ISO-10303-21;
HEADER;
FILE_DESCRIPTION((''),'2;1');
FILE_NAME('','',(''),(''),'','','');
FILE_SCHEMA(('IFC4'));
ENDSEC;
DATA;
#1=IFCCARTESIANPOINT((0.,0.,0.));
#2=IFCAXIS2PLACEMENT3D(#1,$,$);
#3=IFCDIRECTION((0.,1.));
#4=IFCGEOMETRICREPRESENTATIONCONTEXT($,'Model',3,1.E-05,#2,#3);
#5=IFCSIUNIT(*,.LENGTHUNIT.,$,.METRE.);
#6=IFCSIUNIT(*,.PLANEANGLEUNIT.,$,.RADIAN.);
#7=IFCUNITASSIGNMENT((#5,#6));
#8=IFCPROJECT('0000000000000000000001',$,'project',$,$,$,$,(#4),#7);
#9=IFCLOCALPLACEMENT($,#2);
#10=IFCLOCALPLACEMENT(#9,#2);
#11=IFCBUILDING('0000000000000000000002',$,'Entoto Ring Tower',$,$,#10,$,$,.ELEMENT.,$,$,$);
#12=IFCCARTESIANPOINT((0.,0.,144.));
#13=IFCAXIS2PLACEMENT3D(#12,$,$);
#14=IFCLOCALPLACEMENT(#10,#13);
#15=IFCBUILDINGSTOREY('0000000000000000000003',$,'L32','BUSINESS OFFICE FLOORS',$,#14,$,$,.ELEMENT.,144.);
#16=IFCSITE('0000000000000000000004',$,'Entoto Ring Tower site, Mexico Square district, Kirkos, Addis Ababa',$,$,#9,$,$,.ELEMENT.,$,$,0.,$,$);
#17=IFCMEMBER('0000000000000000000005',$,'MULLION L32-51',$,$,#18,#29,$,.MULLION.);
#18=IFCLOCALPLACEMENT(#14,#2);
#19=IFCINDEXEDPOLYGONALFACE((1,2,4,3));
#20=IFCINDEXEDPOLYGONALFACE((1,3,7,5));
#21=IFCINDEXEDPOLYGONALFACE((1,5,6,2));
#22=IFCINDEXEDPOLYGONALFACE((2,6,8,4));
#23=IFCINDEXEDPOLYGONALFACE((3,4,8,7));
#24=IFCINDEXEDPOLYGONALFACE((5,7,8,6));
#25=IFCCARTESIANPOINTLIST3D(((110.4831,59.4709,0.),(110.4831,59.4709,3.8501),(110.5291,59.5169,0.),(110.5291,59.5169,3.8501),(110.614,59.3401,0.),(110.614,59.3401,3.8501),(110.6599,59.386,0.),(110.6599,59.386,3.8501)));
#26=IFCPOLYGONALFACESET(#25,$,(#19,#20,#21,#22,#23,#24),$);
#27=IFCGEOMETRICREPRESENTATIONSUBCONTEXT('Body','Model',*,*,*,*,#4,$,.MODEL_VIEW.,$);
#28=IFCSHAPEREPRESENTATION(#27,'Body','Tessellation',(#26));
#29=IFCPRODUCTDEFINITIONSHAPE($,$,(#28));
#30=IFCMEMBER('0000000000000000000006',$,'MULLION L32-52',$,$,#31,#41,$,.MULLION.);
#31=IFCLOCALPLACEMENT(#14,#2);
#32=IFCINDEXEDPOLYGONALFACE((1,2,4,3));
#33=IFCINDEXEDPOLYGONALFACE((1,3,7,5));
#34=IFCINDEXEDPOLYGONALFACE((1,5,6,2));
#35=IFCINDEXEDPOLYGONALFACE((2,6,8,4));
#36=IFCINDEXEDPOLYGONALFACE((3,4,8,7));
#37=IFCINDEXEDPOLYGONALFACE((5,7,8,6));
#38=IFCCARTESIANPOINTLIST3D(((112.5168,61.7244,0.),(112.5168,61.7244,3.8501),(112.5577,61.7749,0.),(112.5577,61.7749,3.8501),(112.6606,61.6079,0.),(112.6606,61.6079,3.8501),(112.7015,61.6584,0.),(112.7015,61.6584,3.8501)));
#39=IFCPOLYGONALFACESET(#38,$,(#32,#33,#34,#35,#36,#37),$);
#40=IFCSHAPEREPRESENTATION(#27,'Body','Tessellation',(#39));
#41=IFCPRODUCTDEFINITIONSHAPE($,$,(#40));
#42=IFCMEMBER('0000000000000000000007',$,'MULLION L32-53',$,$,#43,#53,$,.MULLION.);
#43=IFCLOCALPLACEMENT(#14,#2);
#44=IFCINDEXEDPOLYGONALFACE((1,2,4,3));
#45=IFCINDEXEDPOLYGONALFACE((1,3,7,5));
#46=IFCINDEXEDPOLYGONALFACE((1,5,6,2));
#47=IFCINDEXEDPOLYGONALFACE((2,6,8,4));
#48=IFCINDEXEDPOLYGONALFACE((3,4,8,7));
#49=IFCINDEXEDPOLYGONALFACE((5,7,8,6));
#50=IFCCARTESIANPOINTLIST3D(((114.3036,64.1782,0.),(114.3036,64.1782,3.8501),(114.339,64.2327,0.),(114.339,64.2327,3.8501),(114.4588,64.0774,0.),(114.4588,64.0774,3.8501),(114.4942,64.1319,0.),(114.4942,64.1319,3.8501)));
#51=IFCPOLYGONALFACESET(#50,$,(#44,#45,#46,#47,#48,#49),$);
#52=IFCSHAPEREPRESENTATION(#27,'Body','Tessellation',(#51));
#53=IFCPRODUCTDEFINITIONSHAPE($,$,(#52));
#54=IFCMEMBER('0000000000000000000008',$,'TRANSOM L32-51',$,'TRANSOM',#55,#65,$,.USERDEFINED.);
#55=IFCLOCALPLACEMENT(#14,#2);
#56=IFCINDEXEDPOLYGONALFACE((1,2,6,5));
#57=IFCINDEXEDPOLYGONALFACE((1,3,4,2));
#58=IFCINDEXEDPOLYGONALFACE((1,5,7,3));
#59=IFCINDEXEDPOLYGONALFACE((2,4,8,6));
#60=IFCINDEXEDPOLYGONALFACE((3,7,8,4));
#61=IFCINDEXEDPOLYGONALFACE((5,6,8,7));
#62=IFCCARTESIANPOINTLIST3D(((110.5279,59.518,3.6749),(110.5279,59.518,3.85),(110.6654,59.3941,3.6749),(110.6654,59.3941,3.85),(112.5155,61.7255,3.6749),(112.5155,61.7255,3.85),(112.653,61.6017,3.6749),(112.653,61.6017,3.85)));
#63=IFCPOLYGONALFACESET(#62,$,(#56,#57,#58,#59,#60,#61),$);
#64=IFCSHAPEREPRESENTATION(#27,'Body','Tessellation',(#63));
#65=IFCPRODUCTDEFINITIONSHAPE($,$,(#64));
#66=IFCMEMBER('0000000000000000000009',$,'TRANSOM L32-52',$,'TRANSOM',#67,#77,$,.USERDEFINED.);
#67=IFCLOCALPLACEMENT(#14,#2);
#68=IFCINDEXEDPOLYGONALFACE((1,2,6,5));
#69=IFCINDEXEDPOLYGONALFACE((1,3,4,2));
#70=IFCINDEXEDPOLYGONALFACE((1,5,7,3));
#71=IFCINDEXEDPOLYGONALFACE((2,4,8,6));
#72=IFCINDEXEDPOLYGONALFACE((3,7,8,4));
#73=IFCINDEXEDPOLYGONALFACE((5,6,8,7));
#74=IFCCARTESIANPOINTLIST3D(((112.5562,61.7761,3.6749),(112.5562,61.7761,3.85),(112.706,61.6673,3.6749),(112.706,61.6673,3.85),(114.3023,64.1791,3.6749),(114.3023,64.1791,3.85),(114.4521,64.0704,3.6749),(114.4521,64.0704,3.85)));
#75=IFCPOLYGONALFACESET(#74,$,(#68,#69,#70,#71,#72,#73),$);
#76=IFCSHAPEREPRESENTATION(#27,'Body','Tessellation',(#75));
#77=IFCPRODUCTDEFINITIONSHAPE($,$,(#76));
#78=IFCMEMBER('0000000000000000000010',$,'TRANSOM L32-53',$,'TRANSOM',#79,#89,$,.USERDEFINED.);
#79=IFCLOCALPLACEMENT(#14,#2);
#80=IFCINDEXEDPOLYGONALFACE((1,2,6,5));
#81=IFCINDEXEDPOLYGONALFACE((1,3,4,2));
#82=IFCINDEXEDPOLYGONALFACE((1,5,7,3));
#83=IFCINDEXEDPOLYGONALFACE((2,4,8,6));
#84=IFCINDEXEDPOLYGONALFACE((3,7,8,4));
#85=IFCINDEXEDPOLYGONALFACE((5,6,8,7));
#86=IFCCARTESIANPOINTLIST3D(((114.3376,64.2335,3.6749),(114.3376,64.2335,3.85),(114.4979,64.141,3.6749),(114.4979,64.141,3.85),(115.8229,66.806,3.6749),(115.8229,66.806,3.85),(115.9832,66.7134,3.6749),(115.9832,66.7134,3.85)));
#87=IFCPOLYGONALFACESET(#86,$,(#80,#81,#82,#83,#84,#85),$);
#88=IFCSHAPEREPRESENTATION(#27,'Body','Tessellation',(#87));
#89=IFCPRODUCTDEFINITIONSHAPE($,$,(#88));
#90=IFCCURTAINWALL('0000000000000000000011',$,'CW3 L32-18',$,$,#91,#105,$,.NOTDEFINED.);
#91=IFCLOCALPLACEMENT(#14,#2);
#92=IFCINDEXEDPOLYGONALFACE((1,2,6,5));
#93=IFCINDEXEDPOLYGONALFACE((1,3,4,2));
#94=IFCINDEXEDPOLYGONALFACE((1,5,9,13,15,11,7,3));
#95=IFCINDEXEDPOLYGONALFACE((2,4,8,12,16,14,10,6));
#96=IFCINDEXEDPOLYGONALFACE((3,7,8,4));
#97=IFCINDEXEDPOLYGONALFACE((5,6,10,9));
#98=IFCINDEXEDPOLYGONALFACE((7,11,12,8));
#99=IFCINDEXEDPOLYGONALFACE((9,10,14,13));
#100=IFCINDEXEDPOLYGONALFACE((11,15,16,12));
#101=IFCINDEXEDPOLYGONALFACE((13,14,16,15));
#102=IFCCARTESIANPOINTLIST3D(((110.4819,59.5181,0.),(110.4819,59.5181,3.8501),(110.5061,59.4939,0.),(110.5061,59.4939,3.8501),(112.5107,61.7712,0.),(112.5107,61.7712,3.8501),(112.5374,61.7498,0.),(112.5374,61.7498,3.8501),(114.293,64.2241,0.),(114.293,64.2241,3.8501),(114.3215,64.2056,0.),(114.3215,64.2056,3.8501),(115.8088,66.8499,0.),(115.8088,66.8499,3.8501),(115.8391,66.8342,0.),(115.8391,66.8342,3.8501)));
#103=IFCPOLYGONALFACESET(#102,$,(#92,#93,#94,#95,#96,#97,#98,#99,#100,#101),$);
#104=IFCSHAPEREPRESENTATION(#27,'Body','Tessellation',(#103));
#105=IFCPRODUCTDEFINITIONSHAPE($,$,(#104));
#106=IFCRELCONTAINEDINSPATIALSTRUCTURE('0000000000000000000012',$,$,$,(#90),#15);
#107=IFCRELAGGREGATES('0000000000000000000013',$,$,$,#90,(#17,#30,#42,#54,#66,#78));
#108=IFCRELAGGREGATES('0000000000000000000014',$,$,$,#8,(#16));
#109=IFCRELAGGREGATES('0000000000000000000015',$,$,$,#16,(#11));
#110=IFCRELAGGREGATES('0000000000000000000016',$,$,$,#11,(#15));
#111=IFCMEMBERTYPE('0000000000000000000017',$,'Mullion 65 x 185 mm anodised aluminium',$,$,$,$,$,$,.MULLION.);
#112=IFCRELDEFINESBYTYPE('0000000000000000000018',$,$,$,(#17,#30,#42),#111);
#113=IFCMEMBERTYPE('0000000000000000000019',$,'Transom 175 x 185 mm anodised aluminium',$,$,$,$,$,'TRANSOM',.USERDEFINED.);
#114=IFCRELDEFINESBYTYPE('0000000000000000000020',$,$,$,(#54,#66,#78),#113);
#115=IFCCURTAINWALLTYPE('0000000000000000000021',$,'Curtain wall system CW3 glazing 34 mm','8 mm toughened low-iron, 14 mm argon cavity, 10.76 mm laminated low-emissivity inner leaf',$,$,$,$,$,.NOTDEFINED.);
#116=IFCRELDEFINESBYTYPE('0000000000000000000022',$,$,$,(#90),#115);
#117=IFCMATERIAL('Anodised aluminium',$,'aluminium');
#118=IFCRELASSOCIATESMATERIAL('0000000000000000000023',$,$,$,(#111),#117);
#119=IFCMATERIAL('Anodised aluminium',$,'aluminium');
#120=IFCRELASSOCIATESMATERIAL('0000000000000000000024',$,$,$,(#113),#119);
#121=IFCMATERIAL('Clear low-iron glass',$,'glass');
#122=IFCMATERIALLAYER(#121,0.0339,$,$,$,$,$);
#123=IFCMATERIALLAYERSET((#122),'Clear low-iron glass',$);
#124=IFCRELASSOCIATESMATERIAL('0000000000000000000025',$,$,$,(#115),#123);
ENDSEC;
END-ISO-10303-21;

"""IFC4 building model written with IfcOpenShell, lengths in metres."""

from ifc_helpers import new_model, si_unit, direction, frame, origin, origin_2d, place, context, subcontext, project, spatial, polyline, rectangle, outline, extrude, material, layer, layer_set, material_profile, profile_set, type_object, element, aggregate, save


model = new_model("IFC4")

# Units and contexts
model_context = context("Model", 3, precision=1e-05, world=origin(), true_north=direction((0.0, 1.0)))
body_context = subcontext(model_context, "Body", "Model", "MODEL_VIEW")
ifc_project = project(units=[si_unit("LENGTHUNIT", "METRE"), si_unit("PLANEANGLEUNIT", "RADIAN")], contexts=[model_context])

# Members
ifc_material_1 = material(Name="Anodised aluminium", Category="aluminium")
ifc_material_profile_1 = material_profile(ifc_material_1, rectangle(XDim=0.0649, YDim=0.1851, at=origin_2d()), Name="Mullion 65 x 185 mm anodised aluminium")
ifc_profile_set_1 = profile_set([ifc_material_profile_1], Name="Anodised aluminium")
member_type_1 = type_object("IfcMemberType", Name="Mullion 65 x 185 mm anodised aluminium", PredefinedType="MULLION", material=ifc_profile_set_1)
site_placement = place(None, origin())
building_placement = place(site_placement, origin())
storey_placement = place(building_placement, frame((0.0, 0.0, 144.0)))
member_1_placement = place(storey_placement, frame((110.5715, 59.4285, 0.0), z_axis=(0.0, 0.0, 1.0), x_axis=(0.707107, 0.707107, 0.0)))
member_1 = element("IfcMember", 1, at=member_1_placement, type_object=member_type_1, Name="MULLION L32-51", PredefinedType="MULLION", context=body_context, shape_type="SweptSolid", body=[
    extrude(rectangle(XDim=0.0649, YDim=0.1851, at=origin_2d()), origin(), (0.0, 0.0, 1.0), 3.8501),
])
member_2_placement = place(storey_placement, frame((112.6091, 61.6914, 0.0), z_axis=(0.0, 0.0, 1.0), x_axis=(0.62932, 0.777146, 0.0)))
member_2 = element("IfcMember", 2, at=member_2_placement, type_object=member_type_1, Name="MULLION L32-52", PredefinedType="MULLION", context=body_context, shape_type="SweptSolid", body=[
    extrude(rectangle(XDim=0.0649, YDim=0.1851, at=origin_2d()), origin(), (0.0, 0.0, 1.0), 3.8501),
])
member_3_placement = place(storey_placement, frame((114.3989, 64.155, 0.0), z_axis=(0.0, 0.0, 1.0), x_axis=(0.544639, 0.838671, 0.0)))
member_3 = element("IfcMember", 3, at=member_3_placement, type_object=member_type_1, Name="MULLION L32-53", PredefinedType="MULLION", context=body_context, shape_type="SweptSolid", body=[
    extrude(rectangle(XDim=0.0649, YDim=0.1851, at=origin_2d()), origin(), (0.0, 0.0, 1.0), 3.8501),
])
ifc_material_2 = material(Name="Anodised aluminium", Category="aluminium")
ifc_material_profile_2 = material_profile(ifc_material_2, rectangle(XDim=0.1851, YDim=0.175, at=origin_2d()), Name="Transom 175 x 185 mm anodised aluminium")
ifc_profile_set_2 = profile_set([ifc_material_profile_2], Name="Anodised aluminium")
member_type_2 = type_object("IfcMemberType", Name="Transom 175 x 185 mm anodised aluminium", ElementType="TRANSOM", PredefinedType="USERDEFINED", material=ifc_profile_set_2)
member_4_placement = place(storey_placement, frame((110.5967, 59.4561, 3.7625), z_axis=(0.66911, 0.743163, 0.0), x_axis=(-0.743163, 0.66911, 0.0)))
member_4 = element("IfcMember", 4, at=member_4_placement, type_object=member_type_2, Name="TRANSOM L32-51", ObjectType="TRANSOM", PredefinedType="USERDEFINED", context=body_context, shape_type="SweptSolid", body=[
    extrude(rectangle(XDim=0.1851, YDim=0.175, at=origin_2d()), origin(), (0.0, 0.0, 1.0), 2.9705),
])
member_5_placement = place(storey_placement, frame((112.6311, 61.7217, 3.7625), z_axis=(0.58782, 0.808992, 0.0), x_axis=(-0.808992, 0.58782, 0.0)))
member_5 = element("IfcMember", 5, at=member_5_placement, type_object=member_type_2, Name="TRANSOM L32-52", ObjectType="TRANSOM", PredefinedType="USERDEFINED", context=body_context, shape_type="SweptSolid", body=[
    extrude(rectangle(XDim=0.1851, YDim=0.175, at=origin_2d()), origin(), (0.0, 0.0, 1.0), 2.9705),
])
member_6_placement = place(storey_placement, frame((114.4177, 64.1873, 3.7625), z_axis=(0.500028, 0.866009, 0.0), x_axis=(-0.866009, 0.500028, 0.0)))
member_6 = element("IfcMember", 6, at=member_6_placement, type_object=member_type_2, Name="TRANSOM L32-53", ObjectType="TRANSOM", PredefinedType="USERDEFINED", context=body_context, shape_type="SweptSolid", body=[
    extrude(rectangle(XDim=0.1851, YDim=0.175, at=origin_2d()), origin(), (0.0, 0.0, 1.0), 2.9705),
])

# Site, building, storey
site = spatial("IfcSite", under=ifc_project, at=site_placement, Name="Entoto Ring Tower site, Mexico Square district, Kirkos, Addis Ababa", CompositionType="ELEMENT", RefElevation=0.0)
building = spatial("IfcBuilding", under=site, at=building_placement, Name="Entoto Ring Tower", CompositionType="ELEMENT")
storey = spatial("IfcBuildingStorey", under=building, at=storey_placement, Name="L32", Description="BUSINESS OFFICE FLOORS", CompositionType="ELEMENT", Elevation=144.0)

# Curtain wall
ifc_material_3 = material(Name="Clear low-iron glass", Category="glass")
ifc_layer = layer(ifc_material_3, 0.0339)
ifc_layer_set = layer_set([ifc_layer], Name="Clear low-iron glass")
curtain_wall_type = type_object("IfcCurtainWallType", Name="Curtain wall system CW3 glazing 34 mm", Description="8 mm toughened low-iron, 14 mm argon cavity, 10.76 mm laminated low-emissivity inner leaf", PredefinedType="NOTDEFINED", material=ifc_layer_set)
curtain_wall_1_placement = place(storey_placement, origin())
curtain_wall_1 = element("IfcCurtainWall", 7, at=curtain_wall_1_placement, inside=storey, type_object=curtain_wall_type, Name="CW3 L32-18", PredefinedType="NOTDEFINED", context=body_context, shape_type="SweptSolid", body=[
    extrude(outline(polyline([(110.5061, 59.4939), (112.5374, 61.7498), (114.3215, 64.2056), (115.8391, 66.8342), (115.8088, 66.8499), (114.293, 64.2241), (112.5107, 61.7712), (110.4819, 59.5181), (110.5061, 59.4939)])), origin(), (0.0, 0.0, 1.0), 3.8501),
])
aggregate(curtain_wall_1, [member_1, member_2, member_3, member_4, member_5, member_6])

save(model, "model.ifc")
